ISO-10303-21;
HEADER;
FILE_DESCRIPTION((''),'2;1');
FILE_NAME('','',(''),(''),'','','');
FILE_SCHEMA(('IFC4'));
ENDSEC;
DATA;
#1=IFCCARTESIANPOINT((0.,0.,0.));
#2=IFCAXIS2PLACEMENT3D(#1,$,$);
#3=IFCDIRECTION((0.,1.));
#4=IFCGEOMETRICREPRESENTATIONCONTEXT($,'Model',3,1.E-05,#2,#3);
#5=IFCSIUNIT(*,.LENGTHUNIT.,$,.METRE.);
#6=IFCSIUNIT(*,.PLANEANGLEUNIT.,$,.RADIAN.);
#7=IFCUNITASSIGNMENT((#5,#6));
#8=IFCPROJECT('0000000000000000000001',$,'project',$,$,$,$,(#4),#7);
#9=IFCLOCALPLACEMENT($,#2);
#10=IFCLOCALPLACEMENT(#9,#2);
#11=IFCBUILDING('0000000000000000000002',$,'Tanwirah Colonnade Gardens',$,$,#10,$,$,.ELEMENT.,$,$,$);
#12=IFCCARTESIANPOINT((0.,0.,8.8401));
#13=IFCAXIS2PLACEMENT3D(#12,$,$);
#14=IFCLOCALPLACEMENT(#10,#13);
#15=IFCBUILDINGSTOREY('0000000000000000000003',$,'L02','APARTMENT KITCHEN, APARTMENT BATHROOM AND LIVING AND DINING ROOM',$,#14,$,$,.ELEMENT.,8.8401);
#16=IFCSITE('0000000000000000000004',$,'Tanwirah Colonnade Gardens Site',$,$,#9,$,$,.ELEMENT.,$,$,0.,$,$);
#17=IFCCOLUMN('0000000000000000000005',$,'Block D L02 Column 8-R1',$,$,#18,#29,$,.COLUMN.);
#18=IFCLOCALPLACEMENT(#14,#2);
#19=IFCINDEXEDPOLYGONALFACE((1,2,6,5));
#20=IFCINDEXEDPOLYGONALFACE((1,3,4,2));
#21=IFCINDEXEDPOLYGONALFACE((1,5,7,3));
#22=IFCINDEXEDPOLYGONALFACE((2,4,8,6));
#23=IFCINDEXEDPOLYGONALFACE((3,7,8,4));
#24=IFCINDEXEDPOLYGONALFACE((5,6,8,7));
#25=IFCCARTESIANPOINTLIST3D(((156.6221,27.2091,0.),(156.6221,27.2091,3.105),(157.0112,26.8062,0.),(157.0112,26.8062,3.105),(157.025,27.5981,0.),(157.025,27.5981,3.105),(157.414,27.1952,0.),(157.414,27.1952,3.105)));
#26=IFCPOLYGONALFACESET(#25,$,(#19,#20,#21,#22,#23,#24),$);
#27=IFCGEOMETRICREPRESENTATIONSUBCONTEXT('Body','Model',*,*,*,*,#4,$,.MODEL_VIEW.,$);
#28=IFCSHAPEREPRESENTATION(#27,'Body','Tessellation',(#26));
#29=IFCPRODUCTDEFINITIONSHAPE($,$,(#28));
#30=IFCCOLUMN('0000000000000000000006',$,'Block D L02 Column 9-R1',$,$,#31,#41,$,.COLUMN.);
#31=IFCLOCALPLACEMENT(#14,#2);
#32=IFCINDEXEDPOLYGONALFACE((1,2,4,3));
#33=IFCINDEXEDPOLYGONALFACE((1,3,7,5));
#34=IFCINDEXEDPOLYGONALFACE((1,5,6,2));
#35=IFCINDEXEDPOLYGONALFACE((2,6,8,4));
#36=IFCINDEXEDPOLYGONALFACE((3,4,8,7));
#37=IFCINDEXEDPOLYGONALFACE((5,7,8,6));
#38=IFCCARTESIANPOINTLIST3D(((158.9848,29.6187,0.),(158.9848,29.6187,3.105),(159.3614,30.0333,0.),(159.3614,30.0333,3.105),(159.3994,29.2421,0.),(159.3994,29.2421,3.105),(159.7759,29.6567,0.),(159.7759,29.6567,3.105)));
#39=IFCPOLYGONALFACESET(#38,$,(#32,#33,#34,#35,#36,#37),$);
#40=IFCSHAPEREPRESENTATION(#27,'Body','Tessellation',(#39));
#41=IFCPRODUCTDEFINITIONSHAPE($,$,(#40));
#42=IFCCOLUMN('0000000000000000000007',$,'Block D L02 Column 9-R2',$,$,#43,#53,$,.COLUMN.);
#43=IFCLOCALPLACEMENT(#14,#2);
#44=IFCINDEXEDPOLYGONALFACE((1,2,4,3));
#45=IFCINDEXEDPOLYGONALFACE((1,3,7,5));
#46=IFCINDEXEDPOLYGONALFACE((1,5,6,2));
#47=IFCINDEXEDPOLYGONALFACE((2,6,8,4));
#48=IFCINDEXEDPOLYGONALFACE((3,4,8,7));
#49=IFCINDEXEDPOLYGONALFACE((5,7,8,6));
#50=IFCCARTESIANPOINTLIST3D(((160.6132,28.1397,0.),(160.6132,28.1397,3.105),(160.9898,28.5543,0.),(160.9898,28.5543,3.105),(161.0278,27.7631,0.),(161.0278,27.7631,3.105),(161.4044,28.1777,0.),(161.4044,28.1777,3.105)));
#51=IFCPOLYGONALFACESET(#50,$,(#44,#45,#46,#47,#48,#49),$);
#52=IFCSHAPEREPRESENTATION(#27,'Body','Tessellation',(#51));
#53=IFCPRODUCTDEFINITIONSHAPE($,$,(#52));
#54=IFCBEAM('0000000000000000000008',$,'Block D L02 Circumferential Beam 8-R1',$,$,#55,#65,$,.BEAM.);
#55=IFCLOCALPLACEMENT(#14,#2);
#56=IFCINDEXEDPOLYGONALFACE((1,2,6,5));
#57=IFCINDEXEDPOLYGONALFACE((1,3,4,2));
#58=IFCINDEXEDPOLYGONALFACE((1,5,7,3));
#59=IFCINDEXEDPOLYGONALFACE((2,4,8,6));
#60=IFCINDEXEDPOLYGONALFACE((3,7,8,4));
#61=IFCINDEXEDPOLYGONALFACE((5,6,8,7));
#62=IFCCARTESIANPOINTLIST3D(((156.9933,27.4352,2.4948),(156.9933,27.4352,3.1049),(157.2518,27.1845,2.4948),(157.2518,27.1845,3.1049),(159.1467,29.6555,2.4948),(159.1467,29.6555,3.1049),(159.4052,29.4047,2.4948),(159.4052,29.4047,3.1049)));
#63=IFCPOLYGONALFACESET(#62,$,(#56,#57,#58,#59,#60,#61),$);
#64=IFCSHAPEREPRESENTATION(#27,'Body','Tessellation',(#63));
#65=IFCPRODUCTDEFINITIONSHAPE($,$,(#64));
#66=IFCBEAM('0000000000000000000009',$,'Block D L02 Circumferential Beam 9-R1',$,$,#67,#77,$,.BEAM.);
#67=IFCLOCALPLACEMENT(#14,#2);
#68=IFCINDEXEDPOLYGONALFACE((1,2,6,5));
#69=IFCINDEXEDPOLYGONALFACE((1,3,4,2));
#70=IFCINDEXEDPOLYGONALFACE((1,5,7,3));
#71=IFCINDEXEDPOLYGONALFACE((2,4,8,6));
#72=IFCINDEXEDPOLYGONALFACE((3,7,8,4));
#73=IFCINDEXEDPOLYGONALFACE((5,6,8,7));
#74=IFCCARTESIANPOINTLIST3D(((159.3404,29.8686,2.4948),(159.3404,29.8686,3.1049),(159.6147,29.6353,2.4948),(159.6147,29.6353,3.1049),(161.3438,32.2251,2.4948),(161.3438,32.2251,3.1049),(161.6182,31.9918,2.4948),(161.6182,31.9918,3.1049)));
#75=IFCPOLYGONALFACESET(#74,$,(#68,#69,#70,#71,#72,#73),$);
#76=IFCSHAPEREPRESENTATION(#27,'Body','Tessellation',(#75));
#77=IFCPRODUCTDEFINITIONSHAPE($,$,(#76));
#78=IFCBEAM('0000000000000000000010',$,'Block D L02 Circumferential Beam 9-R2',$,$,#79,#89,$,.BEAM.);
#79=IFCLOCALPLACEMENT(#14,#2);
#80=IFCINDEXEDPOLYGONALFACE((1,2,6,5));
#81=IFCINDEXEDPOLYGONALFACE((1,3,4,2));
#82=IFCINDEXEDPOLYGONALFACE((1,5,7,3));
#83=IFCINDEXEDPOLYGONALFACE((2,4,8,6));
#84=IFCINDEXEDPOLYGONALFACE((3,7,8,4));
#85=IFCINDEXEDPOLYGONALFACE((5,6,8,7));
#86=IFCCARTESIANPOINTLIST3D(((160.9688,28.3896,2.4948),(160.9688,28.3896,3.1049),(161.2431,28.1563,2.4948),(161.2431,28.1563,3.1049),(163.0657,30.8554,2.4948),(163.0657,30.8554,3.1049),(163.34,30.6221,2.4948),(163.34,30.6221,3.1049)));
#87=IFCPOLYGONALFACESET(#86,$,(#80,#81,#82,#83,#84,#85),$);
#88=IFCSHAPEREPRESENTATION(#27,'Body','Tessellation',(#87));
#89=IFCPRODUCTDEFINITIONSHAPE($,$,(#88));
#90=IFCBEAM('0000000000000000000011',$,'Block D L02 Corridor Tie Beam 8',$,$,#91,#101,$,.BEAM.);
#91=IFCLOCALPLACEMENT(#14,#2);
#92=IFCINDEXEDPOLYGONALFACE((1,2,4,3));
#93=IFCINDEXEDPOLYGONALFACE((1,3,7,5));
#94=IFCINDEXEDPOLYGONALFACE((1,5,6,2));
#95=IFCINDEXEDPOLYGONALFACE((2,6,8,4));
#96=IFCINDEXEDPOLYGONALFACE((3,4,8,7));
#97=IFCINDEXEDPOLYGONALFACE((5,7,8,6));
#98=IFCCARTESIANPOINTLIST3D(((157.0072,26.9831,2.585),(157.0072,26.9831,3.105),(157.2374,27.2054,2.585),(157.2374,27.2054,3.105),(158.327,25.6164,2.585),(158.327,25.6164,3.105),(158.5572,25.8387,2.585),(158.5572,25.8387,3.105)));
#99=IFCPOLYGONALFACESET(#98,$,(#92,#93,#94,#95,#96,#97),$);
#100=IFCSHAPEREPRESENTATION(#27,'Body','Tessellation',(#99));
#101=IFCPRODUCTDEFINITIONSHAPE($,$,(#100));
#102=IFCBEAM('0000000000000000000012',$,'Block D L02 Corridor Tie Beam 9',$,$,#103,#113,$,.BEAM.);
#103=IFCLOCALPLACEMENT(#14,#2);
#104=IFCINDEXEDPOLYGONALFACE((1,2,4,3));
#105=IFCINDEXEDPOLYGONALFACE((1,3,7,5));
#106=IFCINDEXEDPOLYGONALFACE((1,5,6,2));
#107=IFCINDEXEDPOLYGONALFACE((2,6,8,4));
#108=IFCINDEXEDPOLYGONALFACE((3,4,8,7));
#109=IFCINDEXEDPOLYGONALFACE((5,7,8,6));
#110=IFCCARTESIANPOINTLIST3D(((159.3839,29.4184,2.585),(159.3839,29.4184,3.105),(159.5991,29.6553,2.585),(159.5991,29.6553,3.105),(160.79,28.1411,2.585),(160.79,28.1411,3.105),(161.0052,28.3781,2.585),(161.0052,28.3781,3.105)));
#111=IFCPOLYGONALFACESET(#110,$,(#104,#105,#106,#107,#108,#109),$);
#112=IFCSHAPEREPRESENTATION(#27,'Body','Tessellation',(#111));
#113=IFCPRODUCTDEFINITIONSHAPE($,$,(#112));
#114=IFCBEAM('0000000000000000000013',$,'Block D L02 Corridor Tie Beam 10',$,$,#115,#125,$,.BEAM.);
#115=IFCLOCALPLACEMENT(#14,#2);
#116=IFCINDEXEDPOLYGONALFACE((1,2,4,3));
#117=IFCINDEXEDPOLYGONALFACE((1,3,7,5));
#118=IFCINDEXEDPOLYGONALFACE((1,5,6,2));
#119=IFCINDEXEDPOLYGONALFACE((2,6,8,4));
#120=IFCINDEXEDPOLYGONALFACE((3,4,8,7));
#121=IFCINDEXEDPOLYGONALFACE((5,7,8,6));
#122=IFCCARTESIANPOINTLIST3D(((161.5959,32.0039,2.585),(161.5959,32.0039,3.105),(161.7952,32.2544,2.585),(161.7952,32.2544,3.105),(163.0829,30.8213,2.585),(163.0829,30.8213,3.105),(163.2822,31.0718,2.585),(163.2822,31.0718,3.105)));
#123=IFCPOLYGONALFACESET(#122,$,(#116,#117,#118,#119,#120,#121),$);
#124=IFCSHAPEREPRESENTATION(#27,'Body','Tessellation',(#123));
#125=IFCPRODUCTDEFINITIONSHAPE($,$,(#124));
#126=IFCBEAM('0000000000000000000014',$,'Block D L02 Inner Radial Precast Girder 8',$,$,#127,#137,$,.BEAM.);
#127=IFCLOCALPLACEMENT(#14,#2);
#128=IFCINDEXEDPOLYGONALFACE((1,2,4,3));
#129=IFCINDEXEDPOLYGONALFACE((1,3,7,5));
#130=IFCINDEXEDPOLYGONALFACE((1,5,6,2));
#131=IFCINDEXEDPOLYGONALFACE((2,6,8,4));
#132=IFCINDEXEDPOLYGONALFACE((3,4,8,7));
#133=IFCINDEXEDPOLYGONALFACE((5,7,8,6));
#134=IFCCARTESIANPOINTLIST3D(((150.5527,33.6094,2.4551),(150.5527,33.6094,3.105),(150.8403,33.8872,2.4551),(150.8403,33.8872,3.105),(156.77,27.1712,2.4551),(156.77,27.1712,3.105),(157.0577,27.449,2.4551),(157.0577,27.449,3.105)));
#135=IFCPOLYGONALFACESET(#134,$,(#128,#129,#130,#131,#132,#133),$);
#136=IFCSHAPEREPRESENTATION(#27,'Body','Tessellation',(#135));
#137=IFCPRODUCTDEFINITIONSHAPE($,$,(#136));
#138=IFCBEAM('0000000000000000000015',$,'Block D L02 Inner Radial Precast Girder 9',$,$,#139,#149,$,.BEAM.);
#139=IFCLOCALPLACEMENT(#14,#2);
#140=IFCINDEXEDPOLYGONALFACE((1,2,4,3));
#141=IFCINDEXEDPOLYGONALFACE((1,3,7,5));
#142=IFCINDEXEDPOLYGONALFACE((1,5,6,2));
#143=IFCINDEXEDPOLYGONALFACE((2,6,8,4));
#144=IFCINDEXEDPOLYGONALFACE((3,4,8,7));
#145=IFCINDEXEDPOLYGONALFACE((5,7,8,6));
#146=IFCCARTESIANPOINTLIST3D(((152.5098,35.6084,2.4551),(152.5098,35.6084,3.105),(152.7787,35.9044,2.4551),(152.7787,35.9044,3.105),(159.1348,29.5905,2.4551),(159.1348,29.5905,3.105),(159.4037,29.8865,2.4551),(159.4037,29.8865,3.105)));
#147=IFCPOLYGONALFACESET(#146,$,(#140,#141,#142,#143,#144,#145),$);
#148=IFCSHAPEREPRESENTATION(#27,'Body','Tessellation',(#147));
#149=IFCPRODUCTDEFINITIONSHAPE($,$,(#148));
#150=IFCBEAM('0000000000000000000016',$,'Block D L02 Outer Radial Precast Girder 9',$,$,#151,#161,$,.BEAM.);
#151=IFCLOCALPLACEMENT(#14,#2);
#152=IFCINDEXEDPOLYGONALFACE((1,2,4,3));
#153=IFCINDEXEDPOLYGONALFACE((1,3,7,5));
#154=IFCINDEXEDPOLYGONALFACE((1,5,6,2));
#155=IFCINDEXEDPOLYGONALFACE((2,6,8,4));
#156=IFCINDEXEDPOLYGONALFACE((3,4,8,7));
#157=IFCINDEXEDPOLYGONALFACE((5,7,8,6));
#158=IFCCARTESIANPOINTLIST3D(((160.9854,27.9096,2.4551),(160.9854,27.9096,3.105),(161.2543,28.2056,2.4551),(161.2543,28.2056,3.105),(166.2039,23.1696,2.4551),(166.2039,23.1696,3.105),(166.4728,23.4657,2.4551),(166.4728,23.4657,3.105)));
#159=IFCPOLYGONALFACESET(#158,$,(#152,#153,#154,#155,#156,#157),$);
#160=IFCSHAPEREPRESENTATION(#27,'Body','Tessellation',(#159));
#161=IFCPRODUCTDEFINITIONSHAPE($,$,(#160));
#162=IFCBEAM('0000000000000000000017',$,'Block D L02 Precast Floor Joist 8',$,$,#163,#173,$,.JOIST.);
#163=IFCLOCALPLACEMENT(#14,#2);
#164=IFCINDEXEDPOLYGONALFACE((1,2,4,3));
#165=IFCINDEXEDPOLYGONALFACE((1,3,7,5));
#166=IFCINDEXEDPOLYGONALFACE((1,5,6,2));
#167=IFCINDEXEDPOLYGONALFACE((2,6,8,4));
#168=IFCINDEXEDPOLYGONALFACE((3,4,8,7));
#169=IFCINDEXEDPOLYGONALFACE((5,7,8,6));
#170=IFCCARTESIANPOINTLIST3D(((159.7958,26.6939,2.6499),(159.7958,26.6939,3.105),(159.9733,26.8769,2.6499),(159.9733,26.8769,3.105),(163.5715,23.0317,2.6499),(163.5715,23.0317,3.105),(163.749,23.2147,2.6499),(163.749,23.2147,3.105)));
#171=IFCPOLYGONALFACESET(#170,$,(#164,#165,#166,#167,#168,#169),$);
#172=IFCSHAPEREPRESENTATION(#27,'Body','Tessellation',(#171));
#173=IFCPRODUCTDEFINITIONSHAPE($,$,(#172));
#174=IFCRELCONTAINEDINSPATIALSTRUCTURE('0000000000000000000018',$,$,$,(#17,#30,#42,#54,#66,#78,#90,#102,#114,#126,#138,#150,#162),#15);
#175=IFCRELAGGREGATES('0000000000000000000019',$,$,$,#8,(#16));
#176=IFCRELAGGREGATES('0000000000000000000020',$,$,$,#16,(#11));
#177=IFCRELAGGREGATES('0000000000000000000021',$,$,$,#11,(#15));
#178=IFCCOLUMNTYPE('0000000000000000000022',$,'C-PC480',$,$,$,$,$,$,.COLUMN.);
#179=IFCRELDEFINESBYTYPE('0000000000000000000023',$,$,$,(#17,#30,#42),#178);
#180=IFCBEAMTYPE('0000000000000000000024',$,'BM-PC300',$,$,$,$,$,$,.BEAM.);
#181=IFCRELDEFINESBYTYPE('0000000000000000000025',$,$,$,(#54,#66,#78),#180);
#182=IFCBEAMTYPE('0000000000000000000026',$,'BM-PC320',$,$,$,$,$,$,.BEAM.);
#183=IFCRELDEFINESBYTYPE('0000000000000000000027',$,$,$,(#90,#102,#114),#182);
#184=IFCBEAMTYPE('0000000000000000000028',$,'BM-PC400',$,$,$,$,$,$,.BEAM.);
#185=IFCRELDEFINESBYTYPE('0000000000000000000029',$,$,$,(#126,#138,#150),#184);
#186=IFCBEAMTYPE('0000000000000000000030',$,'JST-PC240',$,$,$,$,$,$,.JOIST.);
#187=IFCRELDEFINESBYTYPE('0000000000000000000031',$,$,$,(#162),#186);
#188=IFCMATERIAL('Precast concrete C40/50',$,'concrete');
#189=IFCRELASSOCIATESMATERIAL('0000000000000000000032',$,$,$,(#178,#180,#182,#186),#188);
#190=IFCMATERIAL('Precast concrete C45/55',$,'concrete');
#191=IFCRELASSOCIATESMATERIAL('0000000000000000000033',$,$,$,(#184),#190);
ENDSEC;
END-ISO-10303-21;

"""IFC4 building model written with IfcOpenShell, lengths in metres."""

from ifc_helpers import new_model, si_unit, direction, frame, origin, origin_2d, place, context, subcontext, project, spatial, rectangle, extrude, material, material_profile, profile_set, type_object, element, save


model = new_model("IFC4")

# Units and contexts
model_context = context("Model", 3, precision=1e-05, world=origin(), true_north=direction((0.0, 1.0)))
body_context = subcontext(model_context, "Body", "Model", "MODEL_VIEW")
ifc_project = project(units=[si_unit("LENGTHUNIT", "METRE"), si_unit("PLANEANGLEUNIT", "RADIAN")], contexts=[model_context])

# Site, building, storey
site_placement = place(None, origin())
site = spatial("IfcSite", under=ifc_project, at=site_placement, Name="Tanwirah Colonnade Gardens Site", CompositionType="ELEMENT", RefElevation=0.0)
building_placement = place(site_placement, origin())
building = spatial("IfcBuilding", under=site, at=building_placement, Name="Tanwirah Colonnade Gardens", CompositionType="ELEMENT")
storey_placement = place(building_placement, frame((0.0, 0.0, 8.8401)))
storey = spatial("IfcBuildingStorey", under=building, at=storey_placement, Name="L02", Description="APARTMENT KITCHEN, APARTMENT BATHROOM AND LIVING AND DINING ROOM", CompositionType="ELEMENT", Elevation=8.8401)

# Columns
ifc_material_1 = material(Name="Precast concrete C40/50", Category="concrete")
ifc_material_profile_1 = material_profile(ifc_material_1, rectangle(XDim=0.5601, YDim=0.5601, at=origin_2d()), Name="PC-COL 560x560")
ifc_profile_set_1 = profile_set([ifc_material_profile_1], Name="Precast concrete C40/50")
column_type = type_object("IfcColumnType", Name="C-PC480", PredefinedType="COLUMN", material=ifc_profile_set_1)
for number, where, z_axis, x_axis, name in (
    (1, (157.0181, 27.2021, 0.0), (0.0, 0.0, 1.0), (0.694658, -0.71934, 0.0), "Block D L02 Column 8-R1"),
    (2, (159.3804, 29.6377, 0.0), (0.0, 0.0, 1.0), (0.740218, -0.672367, 0.0), "Block D L02 Column 9-R1"),
    (3, (161.0088, 28.1587, 0.0), (0.0, 0.0, 1.0), (0.740218, -0.672367, 0.0), "Block D L02 Column 9-R2"),
):
    element("IfcColumn", number, at=place(storey_placement, frame(where, z_axis=z_axis, x_axis=x_axis)), inside=storey, type_object=column_type, Name=name, PredefinedType="COLUMN", context=body_context, shape_type="SweptSolid", body=[
        extrude(rectangle(XDim=0.5601, YDim=0.5601, at=origin_2d()), origin(), (0.0, 0.0, 1.0), 3.105),
    ])

# Beams
ifc_material_profile_2 = material_profile(ifc_material_1, rectangle(XDim=0.3601, YDim=0.6101, at=origin_2d()), Name="PC-BM 360x610")
ifc_profile_set_2 = profile_set([ifc_material_profile_2], Name="Precast concrete C40/50")
beam_type_1 = type_object("IfcBeamType", Name="BM-PC300", PredefinedType="BEAM", material=ifc_profile_set_2)
for number, where, z_axis, x_axis, name in (
    (4, (157.1226, 27.3098, 2.7998), (0.69621, 0.717838, 0.0), (-0.717838, 0.69621, 0.0), "Block D L02 Circumferential Beam 8-R1"),
    (5, (159.4775, 29.752, 2.7998), (0.647731, 0.761869, 0.0), (-0.761869, 0.647731, 0.0), "Block D L02 Circumferential Beam 9-R1"),
):
    element("IfcBeam", number, at=place(storey_placement, frame(where, z_axis=z_axis, x_axis=x_axis)), inside=storey, type_object=beam_type_1, Name=name, PredefinedType="BEAM", context=body_context, shape_type="SweptSolid", body=[
        extrude(rectangle(XDim=0.3601, YDim=0.6101, at=origin_2d()), origin(), (0.0, 0.0, 1.0), 3.093),
    ])
beam_1_placement = place(storey_placement, frame((161.106, 28.2729, 2.7998), z_axis=(0.647824, 0.76179, 0.0), x_axis=(-0.76179, 0.647824, 0.0)))
element("IfcBeam", 6, at=beam_1_placement, inside=storey, type_object=beam_type_1, Name="Block D L02 Circumferential Beam 9-R2", PredefinedType="BEAM", context=body_context, shape_type="SweptSolid", body=[
    extrude(rectangle(XDim=0.3601, YDim=0.6101, at=origin_2d()), origin(), (0.0, 0.0, 1.0), 3.2368),
])
ifc_material_profile_3 = material_profile(ifc_material_1, rectangle(XDim=0.3201, YDim=0.52, at=origin_2d()), Name="PC-BM 320x520")
ifc_profile_set_3 = profile_set([ifc_material_profile_3], Name="Precast concrete C40/50")
beam_type_2 = type_object("IfcBeamType", Name="BM-PC320", PredefinedType="BEAM", material=ifc_profile_set_3)
beam_2_placement = place(storey_placement, frame((157.1223, 27.0942, 2.845), z_axis=(0.694663, -0.719335, 0.0), x_axis=(0.719335, 0.694663, 0.0)))
element("IfcBeam", 7, at=beam_2_placement, inside=storey, type_object=beam_type_2, Name="Block D L02 Corridor Tie Beam 8", PredefinedType="BEAM", context=body_context, shape_type="SweptSolid", body=[
    extrude(rectangle(XDim=0.3201, YDim=0.52, at=origin_2d()), origin(), (0.0, 0.0, 1.0), 1.8999),
])
beam_3_placement = place(storey_placement, frame((159.4915, 29.5369, 2.845), z_axis=(0.740219, -0.672366, 0.0), x_axis=(0.672366, 0.740219, 0.0)))
element("IfcBeam", 8, at=beam_3_placement, inside=storey, type_object=beam_type_2, Name="Block D L02 Corridor Tie Beam 9", PredefinedType="BEAM", context=body_context, shape_type="SweptSolid", body=[
    extrude(rectangle(XDim=0.3201, YDim=0.52, at=origin_2d()), origin(), (0.0, 0.0, 1.0), 1.8997),
])
beam_4_placement = place(storey_placement, frame((161.6956, 32.1292, 2.845), z_axis=(0.782671, -0.622436, 0.0), x_axis=(0.622436, 0.782671, 0.0)))
element("IfcBeam", 9, at=beam_4_placement, inside=storey, type_object=beam_type_2, Name="Block D L02 Corridor Tie Beam 10", PredefinedType="BEAM", context=body_context, shape_type="SweptSolid", body=[
    extrude(rectangle(XDim=0.3201, YDim=0.52, at=origin_2d()), origin(), (0.0, 0.0, 1.0), 1.8999),
])
ifc_material_2 = material(Name="Precast concrete C45/55", Category="concrete")
ifc_material_profile_4 = material_profile(ifc_material_2, rectangle(XDim=0.3999, YDim=0.6499, at=origin_2d()), Name="PC-BM 400x650")
ifc_profile_set_4 = profile_set([ifc_material_profile_4], Name="Precast concrete C45/55")
beam_type_3 = type_object("IfcBeamType", Name="BM-PC400", PredefinedType="BEAM", material=ifc_profile_set_4)
for number, where, z_axis, x_axis, name in (
    (10, (156.9138, 27.3101, 2.78), (-0.694656, 0.719342, 0.0), (-0.719342, -0.694656, 0.0), "Block D L02 Inner Radial Precast Girder 8"),
    (11, (159.2693, 29.7385, 2.78), (-0.740213, 0.672373, 0.0), (-0.672373, -0.740213, 0.0), "Block D L02 Inner Radial Precast Girder 9"),
):
    element("IfcBeam", number, at=place(storey_placement, frame(where, z_axis=z_axis, x_axis=x_axis)), inside=storey, type_object=beam_type_3, Name=name, PredefinedType="BEAM", context=body_context, shape_type="SweptSolid", body=[
        extrude(rectangle(XDim=0.3999, YDim=0.6499, at=origin_2d()), origin(), (0.0, 0.0, 1.0), 8.9502),
    ])
beam_5_placement = place(storey_placement, frame((161.1199, 28.0576, 2.78), z_axis=(0.74023, -0.672354, 0.0), x_axis=(0.672354, 0.74023, 0.0)))
element("IfcBeam", 12, at=beam_5_placement, inside=storey, type_object=beam_type_3, Name="Block D L02 Outer Radial Precast Girder 9", PredefinedType="BEAM", context=body_context, shape_type="SweptSolid", body=[
    extrude(rectangle(XDim=0.3999, YDim=0.6499, at=origin_2d()), origin(), (0.0, 0.0, 1.0), 7.0498),
])
ifc_material_profile_5 = material_profile(ifc_material_1, rectangle(XDim=0.2549, YDim=0.4551, at=origin_2d()), Name="PC-JST 255x455")
ifc_profile_set_5 = profile_set([ifc_material_profile_5], Name="Precast concrete C40/50")
beam_type_4 = type_object("IfcBeamType", Name="JST-PC240", PredefinedType="JOIST", material=ifc_profile_set_5)
beam_6_placement = place(storey_placement, frame((159.8845, 26.7854, 2.8774), z_axis=(0.717816, -0.696233, 0.0), x_axis=(0.696233, 0.717816, 0.0)))
element("IfcBeam", 13, at=beam_6_placement, inside=storey, type_object=beam_type_4, Name="Block D L02 Precast Floor Joist 8", PredefinedType="JOIST", context=body_context, shape_type="SweptSolid", body=[
    extrude(rectangle(XDim=0.2549, YDim=0.4551, at=origin_2d()), origin(), (0.0, 0.0, 1.0), 5.26),
])

save(model, "model.ifc")
